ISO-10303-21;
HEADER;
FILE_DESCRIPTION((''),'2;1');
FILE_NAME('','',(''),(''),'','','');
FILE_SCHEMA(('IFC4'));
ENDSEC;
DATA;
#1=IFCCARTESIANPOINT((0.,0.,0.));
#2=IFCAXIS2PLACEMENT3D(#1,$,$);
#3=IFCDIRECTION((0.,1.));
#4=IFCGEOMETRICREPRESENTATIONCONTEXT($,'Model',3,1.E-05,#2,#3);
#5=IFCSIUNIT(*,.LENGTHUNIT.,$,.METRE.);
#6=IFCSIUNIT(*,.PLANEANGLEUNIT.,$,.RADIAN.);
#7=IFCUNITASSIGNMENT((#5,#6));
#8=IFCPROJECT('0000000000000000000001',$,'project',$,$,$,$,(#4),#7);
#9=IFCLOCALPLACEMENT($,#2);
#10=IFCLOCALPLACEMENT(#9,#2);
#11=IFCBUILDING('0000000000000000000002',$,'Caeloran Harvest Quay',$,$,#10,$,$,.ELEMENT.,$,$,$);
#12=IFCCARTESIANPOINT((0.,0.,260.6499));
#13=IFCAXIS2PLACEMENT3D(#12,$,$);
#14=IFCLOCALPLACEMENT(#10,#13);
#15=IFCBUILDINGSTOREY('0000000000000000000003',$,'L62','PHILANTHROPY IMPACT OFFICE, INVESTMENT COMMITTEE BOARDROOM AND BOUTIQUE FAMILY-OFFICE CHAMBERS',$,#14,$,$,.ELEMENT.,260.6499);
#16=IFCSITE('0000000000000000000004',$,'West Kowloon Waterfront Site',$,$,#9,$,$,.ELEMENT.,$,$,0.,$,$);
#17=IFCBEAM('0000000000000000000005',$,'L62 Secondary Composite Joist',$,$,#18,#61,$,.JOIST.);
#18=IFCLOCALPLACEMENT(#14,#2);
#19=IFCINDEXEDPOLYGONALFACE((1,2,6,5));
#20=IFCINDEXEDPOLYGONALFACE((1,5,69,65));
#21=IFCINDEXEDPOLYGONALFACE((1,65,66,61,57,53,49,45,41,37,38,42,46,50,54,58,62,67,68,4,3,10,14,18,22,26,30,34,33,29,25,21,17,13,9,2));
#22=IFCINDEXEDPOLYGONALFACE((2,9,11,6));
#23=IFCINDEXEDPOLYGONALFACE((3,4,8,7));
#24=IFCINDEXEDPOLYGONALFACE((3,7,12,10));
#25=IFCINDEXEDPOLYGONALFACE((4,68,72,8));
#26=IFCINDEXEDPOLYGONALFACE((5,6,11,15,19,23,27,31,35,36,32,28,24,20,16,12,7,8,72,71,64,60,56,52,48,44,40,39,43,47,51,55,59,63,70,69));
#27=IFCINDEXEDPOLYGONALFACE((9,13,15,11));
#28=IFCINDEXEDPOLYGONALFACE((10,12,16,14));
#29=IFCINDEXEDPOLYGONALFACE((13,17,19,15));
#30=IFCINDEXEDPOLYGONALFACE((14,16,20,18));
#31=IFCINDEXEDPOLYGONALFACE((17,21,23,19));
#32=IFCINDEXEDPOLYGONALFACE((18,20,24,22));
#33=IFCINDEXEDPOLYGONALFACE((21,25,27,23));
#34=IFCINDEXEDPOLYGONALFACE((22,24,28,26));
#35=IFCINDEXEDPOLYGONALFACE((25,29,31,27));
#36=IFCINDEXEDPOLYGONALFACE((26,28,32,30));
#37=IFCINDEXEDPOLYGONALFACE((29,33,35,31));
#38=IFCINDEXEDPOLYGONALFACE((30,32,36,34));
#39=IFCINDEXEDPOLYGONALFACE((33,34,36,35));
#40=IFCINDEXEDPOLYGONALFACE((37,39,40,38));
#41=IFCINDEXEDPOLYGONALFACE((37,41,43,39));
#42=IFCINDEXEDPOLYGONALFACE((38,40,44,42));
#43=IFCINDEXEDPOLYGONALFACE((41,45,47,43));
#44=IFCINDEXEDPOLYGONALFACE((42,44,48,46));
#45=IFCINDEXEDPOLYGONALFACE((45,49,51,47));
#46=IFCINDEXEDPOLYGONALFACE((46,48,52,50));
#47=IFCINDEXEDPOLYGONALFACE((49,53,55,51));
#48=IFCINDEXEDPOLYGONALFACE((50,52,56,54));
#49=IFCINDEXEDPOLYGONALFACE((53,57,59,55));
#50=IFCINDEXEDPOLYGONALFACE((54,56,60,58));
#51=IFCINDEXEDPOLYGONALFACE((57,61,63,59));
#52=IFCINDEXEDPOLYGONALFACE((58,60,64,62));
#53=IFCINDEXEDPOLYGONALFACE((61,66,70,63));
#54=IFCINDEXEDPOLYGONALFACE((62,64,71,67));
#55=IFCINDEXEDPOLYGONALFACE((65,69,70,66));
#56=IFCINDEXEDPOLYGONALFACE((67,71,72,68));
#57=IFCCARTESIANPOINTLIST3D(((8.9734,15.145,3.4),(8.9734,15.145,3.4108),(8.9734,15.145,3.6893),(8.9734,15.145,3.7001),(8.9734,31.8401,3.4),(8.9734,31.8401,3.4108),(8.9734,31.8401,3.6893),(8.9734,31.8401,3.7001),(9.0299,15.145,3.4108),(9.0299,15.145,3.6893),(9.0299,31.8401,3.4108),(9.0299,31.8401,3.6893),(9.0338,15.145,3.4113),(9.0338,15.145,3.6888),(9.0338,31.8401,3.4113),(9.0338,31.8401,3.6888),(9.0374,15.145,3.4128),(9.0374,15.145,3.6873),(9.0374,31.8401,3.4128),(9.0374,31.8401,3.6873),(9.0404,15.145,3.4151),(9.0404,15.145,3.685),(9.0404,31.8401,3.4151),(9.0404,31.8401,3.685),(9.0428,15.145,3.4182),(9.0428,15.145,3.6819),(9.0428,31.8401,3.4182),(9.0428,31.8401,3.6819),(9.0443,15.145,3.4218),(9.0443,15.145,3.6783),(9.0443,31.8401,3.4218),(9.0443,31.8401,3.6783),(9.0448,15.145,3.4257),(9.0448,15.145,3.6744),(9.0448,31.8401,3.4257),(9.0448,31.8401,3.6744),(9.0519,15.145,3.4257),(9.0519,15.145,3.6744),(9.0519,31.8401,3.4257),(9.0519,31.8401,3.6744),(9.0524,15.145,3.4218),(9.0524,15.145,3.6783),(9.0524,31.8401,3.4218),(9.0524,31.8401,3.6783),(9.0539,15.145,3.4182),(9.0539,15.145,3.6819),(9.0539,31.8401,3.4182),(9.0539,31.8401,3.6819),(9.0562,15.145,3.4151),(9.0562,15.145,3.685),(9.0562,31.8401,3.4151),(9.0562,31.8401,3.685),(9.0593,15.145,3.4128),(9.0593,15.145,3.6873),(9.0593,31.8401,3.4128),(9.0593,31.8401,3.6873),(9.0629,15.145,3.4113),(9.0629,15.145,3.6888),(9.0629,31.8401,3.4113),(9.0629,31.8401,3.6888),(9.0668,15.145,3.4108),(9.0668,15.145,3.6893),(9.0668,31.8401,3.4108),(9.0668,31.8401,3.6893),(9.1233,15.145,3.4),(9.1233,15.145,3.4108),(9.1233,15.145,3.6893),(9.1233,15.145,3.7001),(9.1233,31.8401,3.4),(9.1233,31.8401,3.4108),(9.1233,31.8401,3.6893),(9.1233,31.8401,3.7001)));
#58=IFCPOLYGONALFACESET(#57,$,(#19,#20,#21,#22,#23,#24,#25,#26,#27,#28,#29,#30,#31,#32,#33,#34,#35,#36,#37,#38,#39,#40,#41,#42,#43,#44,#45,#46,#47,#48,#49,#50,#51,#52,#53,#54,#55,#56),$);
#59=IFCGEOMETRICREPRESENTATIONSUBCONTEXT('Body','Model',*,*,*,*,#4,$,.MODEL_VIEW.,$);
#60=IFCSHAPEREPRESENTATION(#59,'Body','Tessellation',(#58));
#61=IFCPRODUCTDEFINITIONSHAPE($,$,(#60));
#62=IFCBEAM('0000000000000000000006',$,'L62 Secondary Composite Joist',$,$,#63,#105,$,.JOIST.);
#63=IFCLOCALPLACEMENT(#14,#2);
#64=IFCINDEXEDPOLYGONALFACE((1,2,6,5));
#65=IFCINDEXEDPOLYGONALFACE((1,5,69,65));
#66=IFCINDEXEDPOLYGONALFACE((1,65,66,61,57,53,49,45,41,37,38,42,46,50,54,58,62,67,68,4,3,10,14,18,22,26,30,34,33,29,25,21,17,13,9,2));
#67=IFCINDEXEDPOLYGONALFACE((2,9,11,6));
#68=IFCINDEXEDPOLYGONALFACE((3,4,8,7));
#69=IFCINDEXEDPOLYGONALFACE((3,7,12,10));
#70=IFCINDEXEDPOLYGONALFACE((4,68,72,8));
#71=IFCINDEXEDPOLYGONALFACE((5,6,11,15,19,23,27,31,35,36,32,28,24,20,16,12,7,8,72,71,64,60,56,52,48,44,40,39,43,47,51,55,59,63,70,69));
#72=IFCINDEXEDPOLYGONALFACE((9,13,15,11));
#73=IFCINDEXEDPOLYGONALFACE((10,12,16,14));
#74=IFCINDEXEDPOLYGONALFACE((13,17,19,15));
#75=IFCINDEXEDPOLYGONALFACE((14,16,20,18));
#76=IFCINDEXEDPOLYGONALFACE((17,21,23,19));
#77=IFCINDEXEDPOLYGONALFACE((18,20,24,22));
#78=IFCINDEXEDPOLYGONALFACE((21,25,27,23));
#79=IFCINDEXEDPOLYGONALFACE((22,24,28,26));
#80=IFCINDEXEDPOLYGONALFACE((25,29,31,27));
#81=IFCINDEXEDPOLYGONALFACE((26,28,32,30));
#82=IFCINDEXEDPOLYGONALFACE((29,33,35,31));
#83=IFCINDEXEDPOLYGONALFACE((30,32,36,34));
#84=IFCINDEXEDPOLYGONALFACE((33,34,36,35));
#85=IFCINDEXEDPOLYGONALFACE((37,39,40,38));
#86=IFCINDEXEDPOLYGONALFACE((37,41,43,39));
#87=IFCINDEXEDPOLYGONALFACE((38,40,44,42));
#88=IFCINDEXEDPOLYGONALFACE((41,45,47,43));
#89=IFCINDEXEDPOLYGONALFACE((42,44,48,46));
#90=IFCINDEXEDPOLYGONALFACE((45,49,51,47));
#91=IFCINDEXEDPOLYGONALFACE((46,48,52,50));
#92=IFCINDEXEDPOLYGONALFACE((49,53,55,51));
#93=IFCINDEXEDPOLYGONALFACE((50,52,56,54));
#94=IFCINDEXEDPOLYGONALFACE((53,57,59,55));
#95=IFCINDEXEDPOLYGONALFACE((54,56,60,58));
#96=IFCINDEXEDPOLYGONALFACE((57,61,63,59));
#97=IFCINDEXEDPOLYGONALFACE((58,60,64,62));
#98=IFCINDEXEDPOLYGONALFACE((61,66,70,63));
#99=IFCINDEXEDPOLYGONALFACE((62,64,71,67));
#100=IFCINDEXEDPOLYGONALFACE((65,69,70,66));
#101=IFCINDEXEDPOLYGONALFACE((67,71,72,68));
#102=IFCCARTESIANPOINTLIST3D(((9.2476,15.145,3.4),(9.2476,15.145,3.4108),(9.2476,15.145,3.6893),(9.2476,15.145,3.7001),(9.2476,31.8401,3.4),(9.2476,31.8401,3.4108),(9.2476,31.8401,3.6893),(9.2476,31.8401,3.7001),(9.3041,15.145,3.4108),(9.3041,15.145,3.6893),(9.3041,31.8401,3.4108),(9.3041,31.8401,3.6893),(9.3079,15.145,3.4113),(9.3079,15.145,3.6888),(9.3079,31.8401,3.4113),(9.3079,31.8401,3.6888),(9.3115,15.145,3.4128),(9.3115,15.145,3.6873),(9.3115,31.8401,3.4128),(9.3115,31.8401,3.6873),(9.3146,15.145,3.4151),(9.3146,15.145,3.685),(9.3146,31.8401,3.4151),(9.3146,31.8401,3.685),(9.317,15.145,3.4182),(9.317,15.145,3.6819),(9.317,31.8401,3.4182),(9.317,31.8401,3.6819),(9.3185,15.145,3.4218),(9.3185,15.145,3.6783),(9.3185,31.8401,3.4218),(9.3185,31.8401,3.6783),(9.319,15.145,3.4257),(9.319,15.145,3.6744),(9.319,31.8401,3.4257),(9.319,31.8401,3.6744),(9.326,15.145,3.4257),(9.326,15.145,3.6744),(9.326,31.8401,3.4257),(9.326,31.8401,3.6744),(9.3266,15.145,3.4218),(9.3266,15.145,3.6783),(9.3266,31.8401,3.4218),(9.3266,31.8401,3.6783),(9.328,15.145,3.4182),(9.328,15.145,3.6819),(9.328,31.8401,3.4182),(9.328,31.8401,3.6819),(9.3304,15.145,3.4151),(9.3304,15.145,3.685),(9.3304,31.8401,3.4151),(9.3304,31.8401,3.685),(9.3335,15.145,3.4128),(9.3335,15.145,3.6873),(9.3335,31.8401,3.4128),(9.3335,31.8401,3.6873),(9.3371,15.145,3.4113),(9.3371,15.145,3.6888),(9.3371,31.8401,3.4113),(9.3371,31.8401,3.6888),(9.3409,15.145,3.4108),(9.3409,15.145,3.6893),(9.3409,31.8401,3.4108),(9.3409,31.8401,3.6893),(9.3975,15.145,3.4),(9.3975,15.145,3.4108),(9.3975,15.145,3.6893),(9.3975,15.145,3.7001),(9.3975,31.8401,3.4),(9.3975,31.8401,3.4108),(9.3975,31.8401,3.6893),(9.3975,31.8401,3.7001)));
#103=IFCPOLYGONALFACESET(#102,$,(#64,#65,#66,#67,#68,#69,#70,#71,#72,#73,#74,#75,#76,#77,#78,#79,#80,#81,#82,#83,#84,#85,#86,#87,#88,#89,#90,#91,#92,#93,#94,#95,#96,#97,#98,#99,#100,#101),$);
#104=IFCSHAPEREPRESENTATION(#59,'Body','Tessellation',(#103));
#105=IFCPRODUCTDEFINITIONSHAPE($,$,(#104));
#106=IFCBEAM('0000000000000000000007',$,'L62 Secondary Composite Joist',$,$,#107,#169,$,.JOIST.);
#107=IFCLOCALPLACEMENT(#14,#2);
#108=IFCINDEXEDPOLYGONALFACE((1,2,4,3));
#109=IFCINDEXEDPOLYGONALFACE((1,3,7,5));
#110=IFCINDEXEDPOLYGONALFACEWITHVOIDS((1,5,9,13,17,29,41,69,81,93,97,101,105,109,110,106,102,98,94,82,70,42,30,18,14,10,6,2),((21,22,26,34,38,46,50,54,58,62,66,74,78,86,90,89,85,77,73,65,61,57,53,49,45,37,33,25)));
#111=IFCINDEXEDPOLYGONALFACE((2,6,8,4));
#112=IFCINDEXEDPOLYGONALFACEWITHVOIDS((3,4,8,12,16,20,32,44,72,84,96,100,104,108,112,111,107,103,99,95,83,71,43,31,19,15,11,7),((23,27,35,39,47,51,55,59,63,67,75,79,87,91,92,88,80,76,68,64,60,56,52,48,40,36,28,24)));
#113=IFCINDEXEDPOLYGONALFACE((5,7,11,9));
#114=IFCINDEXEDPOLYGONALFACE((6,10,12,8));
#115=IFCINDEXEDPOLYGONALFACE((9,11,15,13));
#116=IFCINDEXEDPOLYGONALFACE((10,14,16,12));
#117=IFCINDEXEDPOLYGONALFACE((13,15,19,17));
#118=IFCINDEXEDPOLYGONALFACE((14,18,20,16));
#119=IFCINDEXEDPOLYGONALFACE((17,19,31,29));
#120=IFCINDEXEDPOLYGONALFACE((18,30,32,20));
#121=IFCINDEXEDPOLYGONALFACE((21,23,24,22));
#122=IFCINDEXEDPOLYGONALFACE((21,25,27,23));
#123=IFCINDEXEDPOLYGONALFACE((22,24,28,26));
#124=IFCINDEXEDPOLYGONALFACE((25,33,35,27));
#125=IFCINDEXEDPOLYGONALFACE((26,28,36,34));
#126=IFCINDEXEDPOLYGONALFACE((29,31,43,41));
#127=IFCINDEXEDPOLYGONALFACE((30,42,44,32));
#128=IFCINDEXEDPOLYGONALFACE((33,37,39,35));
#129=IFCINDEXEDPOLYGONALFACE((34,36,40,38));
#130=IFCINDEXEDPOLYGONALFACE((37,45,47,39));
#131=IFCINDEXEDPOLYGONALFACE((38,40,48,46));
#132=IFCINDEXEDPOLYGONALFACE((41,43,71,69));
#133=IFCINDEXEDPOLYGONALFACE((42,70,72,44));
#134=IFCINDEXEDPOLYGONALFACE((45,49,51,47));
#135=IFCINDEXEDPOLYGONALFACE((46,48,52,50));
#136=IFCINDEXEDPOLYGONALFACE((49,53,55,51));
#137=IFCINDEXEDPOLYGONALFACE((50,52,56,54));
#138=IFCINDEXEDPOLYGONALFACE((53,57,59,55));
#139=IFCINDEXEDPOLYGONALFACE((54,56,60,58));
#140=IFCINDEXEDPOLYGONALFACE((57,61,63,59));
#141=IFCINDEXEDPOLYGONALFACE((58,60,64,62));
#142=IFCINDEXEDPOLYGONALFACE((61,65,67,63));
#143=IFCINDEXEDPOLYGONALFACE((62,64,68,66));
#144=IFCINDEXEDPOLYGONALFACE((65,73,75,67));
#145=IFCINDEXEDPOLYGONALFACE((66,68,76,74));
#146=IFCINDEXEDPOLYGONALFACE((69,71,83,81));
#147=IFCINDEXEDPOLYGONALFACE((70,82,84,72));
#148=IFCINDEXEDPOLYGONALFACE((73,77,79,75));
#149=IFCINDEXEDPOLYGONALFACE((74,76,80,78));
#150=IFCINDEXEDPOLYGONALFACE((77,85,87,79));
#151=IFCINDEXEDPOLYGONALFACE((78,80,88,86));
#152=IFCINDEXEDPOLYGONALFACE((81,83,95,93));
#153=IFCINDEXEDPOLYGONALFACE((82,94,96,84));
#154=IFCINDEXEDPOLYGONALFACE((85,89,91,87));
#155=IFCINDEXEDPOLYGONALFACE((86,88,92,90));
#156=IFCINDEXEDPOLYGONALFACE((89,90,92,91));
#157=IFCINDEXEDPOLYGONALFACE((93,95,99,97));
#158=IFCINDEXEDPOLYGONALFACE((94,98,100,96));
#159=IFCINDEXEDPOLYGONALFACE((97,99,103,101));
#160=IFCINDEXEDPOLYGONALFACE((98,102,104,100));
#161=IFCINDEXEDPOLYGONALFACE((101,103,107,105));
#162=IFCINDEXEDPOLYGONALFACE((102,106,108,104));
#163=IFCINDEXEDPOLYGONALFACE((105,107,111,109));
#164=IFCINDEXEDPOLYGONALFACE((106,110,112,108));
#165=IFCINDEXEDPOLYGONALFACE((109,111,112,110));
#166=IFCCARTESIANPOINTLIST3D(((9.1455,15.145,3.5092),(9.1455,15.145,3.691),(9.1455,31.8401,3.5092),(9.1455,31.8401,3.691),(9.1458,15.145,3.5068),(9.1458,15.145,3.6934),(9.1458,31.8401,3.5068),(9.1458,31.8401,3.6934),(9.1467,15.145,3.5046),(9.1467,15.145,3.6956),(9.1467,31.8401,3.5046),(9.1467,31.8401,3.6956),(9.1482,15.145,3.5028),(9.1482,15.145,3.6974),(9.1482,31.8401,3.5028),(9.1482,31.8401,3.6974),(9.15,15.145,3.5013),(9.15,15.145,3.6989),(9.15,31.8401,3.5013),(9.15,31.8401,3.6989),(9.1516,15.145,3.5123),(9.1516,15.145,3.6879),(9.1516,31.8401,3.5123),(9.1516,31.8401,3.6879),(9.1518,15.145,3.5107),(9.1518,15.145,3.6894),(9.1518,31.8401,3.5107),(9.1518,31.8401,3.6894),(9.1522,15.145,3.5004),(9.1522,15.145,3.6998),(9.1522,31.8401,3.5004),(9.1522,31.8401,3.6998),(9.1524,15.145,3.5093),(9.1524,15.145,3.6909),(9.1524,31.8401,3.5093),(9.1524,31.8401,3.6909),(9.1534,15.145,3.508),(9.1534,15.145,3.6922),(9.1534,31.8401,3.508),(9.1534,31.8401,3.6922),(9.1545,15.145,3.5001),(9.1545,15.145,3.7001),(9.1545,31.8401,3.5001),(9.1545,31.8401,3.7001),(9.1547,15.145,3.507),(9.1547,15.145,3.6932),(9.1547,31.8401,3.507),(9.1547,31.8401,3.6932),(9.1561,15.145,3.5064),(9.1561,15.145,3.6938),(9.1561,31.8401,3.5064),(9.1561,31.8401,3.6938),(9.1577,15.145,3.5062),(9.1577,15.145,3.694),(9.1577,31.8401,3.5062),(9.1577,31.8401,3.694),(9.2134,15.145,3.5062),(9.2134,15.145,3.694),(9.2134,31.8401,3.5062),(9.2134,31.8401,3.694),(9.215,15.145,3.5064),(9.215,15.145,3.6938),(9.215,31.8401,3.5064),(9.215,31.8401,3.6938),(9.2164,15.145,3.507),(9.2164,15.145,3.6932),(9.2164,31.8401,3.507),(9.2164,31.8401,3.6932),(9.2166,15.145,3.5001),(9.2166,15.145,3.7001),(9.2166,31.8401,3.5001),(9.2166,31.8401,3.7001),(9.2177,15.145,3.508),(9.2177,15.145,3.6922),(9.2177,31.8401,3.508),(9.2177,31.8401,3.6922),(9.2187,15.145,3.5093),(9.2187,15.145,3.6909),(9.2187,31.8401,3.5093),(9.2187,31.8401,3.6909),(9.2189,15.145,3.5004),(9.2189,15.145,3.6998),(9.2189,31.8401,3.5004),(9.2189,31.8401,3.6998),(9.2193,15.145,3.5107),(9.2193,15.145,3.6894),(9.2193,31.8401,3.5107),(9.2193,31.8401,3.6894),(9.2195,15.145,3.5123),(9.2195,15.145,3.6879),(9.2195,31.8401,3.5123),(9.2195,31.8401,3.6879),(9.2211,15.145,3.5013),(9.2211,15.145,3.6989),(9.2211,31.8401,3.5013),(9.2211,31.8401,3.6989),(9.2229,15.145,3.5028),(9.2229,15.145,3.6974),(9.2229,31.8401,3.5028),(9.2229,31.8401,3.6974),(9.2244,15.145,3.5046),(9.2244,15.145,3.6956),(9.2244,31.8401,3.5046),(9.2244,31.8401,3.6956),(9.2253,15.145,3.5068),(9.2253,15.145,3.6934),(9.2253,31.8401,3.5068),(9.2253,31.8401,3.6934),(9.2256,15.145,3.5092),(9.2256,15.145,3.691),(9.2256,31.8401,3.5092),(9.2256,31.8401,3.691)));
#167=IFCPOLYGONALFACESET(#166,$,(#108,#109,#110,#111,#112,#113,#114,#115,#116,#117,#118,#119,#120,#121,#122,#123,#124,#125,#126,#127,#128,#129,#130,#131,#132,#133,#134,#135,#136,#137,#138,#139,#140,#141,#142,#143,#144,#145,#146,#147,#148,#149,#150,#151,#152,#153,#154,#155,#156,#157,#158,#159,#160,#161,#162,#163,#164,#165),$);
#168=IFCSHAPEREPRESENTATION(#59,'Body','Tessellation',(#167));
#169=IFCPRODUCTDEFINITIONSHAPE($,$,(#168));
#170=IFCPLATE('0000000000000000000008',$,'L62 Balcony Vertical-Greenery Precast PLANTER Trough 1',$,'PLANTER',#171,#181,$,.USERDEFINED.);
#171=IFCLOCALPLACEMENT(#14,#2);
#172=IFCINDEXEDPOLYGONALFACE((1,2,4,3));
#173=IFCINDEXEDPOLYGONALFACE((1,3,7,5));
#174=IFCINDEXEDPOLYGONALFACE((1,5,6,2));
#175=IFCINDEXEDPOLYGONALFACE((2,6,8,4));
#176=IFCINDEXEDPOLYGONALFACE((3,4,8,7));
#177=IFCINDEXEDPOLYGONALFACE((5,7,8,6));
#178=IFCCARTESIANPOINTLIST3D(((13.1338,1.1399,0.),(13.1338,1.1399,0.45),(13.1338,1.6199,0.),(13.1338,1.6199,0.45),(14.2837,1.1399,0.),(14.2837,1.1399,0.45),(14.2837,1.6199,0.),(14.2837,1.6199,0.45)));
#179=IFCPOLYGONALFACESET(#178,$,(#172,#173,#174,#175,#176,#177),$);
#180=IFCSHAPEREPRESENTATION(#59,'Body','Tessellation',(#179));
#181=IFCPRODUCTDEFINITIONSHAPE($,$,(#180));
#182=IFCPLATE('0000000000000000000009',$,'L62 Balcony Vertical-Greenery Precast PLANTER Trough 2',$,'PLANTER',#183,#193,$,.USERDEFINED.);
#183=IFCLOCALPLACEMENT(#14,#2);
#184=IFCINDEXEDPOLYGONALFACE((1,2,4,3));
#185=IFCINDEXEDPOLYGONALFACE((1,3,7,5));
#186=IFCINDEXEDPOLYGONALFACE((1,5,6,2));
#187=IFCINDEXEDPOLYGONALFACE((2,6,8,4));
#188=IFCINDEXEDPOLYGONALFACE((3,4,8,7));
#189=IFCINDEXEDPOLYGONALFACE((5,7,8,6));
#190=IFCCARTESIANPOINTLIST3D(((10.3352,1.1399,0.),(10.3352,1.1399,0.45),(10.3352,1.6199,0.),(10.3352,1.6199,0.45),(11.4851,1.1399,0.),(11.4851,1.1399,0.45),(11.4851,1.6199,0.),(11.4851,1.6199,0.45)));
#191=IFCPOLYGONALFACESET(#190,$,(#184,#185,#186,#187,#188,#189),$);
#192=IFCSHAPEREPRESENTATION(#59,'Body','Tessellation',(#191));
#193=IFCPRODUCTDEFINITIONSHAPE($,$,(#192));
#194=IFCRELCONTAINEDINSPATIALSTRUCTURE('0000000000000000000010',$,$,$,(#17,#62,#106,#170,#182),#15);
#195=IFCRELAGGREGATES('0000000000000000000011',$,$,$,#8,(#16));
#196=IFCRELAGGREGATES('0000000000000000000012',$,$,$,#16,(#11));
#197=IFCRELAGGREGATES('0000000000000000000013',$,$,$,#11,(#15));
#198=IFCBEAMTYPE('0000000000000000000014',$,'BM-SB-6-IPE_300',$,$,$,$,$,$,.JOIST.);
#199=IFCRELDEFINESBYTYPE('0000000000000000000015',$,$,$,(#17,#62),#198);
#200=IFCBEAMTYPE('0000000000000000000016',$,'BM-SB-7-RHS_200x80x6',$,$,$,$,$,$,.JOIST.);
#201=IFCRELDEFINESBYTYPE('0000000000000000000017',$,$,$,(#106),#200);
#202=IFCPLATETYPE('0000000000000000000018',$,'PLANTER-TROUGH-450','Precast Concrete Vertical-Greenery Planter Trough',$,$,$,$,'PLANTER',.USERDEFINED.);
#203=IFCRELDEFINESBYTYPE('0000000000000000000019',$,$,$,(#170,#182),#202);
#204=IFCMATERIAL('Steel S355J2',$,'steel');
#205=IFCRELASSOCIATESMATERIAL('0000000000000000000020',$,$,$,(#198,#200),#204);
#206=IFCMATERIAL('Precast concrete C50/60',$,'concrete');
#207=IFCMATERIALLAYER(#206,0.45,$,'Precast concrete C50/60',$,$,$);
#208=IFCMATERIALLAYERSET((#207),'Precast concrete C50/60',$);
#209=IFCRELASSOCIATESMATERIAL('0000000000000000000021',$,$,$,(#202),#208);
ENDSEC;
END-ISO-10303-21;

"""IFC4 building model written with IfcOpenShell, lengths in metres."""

from ifc_helpers import new_model, si_unit, direction, frame, origin, origin_2d, place, context, subcontext, project, spatial, rectangle, hollow_rectangle, i_section, extrude, material, layer, layer_set, material_profile, profile_set, type_object, element, save


model = new_model("IFC4")

# Units and contexts
model_context = context("Model", 3, precision=1e-05, world=origin(), true_north=direction((0.0, 1.0)))
body_context = subcontext(model_context, "Body", "Model", "MODEL_VIEW")
ifc_project = project(units=[si_unit("LENGTHUNIT", "METRE"), si_unit("PLANEANGLEUNIT", "RADIAN")], contexts=[model_context])

# Site, building, storey
site_placement = place(None, origin())
site = spatial("IfcSite", under=ifc_project, at=site_placement, Name="West Kowloon Waterfront Site", CompositionType="ELEMENT", RefElevation=0.0)
building_placement = place(site_placement, origin())
building = spatial("IfcBuilding", under=site, at=building_placement, Name="Caeloran Harvest Quay", CompositionType="ELEMENT")
storey_placement = place(building_placement, frame((0.0, 0.0, 260.6499)))
storey = spatial("IfcBuildingStorey", under=building, at=storey_placement, Name="L62", Description="PHILANTHROPY IMPACT OFFICE, INVESTMENT COMMITTEE BOARDROOM AND BOUTIQUE FAMILY-OFFICE CHAMBERS", CompositionType="ELEMENT", Elevation=260.6499)

# Beams
ifc_material_1 = material(Name="Steel S355J2", Category="steel")
ifc_material_profile_1 = material_profile(ifc_material_1, i_section(OverallWidth=0.1499, OverallDepth=0.3, WebThickness=0.0071, FlangeThickness=0.0107, FilletRadius=0.0149, at=origin_2d()), Name="IPE 300")
ifc_profile_set_1 = profile_set([ifc_material_profile_1], Name="Steel S355J2")
beam_type_1 = type_object("IfcBeamType", Name="BM-SB-6-IPE_300", PredefinedType="JOIST", material=ifc_profile_set_1)
for number, where, z_axis, x_axis, name in (
    (1, (9.0483, 15.145, 3.55), (0.0, 1.0, 0.0), (-1.0, 0.0, 0.0), "L62 Secondary Composite Joist"),
    (2, (9.3225, 15.145, 3.55), (0.0, 1.0, 0.0), (-1.0, 0.0, 0.0), "L62 Secondary Composite Joist"),
):
    element("IfcBeam", number, at=place(storey_placement, frame(where, z_axis=z_axis, x_axis=x_axis)), inside=storey, type_object=beam_type_1, Name=name, PredefinedType="JOIST", context=body_context, shape_type="SweptSolid", body=[
        extrude(i_section(OverallWidth=0.1499, OverallDepth=0.3, WebThickness=0.0071, FlangeThickness=0.0107, FilletRadius=0.0149, at=origin_2d()), origin(), (0.0, 0.0, 1.0), 16.6951),
    ])
ifc_material_profile_2 = material_profile(ifc_material_1, hollow_rectangle(XDim=0.0801, YDim=0.2, WallThickness=0.0061, InnerFilletRadius=0.0061, OuterFilletRadius=0.009, at=origin_2d()), Name="RHS 200x80x6")
ifc_profile_set_2 = profile_set([ifc_material_profile_2], Name="Steel S355J2")
beam_type_2 = type_object("IfcBeamType", Name="BM-SB-7-RHS_200x80x6", PredefinedType="JOIST", material=ifc_profile_set_2)
beam_1_placement = place(storey_placement, frame((9.1855, 15.145, 3.6001), z_axis=(0.0, 1.0, 0.0), x_axis=(-1.0, 0.0, 0.0)))
element("IfcBeam", 3, at=beam_1_placement, inside=storey, type_object=beam_type_2, Name="L62 Secondary Composite Joist", PredefinedType="JOIST", context=body_context, shape_type="SweptSolid", body=[
    extrude(hollow_rectangle(XDim=0.0801, YDim=0.2, WallThickness=0.0061, InnerFilletRadius=0.0061, OuterFilletRadius=0.009, at=origin_2d()), origin(), (0.0, 0.0, 1.0), 16.6951),
])

# Plates
ifc_material_2 = material(Name="Precast concrete C50/60", Category="concrete")
ifc_layer_1 = layer(ifc_material_2, 0.45, Name="Precast concrete C50/60")
ifc_layer_set_1 = layer_set([ifc_layer_1], Name="Precast concrete C50/60")
plate_type = type_object("IfcPlateType", Name="PLANTER-TROUGH-450", Description="Precast Concrete Vertical-Greenery Planter Trough", ElementType="PLANTER", PredefinedType="USERDEFINED", material=ifc_layer_set_1)
for number, where, z_axis, x_axis, name in (
    (4, (13.7087, 1.3799, 0.0), (0.0, 0.0, 1.0), (1.0, 0.0, 0.0), "L62 Balcony Vertical-Greenery Precast PLANTER Trough 1"),
    (5, (10.9102, 1.3799, 0.0), (0.0, 0.0, 1.0), (1.0, 0.0, 0.0), "L62 Balcony Vertical-Greenery Precast PLANTER Trough 2"),
):
    element("IfcPlate", number, at=place(storey_placement, frame(where, z_axis=z_axis, x_axis=x_axis)), inside=storey, type_object=plate_type, Name=name, ObjectType="PLANTER", PredefinedType="USERDEFINED", context=body_context, shape_type="SweptSolid", body=[
        extrude(rectangle(XDim=1.1499, YDim=0.48, at=origin_2d()), origin(), (0.0, 0.0, 1.0), 0.45),
    ])

save(model, "model.ifc")
